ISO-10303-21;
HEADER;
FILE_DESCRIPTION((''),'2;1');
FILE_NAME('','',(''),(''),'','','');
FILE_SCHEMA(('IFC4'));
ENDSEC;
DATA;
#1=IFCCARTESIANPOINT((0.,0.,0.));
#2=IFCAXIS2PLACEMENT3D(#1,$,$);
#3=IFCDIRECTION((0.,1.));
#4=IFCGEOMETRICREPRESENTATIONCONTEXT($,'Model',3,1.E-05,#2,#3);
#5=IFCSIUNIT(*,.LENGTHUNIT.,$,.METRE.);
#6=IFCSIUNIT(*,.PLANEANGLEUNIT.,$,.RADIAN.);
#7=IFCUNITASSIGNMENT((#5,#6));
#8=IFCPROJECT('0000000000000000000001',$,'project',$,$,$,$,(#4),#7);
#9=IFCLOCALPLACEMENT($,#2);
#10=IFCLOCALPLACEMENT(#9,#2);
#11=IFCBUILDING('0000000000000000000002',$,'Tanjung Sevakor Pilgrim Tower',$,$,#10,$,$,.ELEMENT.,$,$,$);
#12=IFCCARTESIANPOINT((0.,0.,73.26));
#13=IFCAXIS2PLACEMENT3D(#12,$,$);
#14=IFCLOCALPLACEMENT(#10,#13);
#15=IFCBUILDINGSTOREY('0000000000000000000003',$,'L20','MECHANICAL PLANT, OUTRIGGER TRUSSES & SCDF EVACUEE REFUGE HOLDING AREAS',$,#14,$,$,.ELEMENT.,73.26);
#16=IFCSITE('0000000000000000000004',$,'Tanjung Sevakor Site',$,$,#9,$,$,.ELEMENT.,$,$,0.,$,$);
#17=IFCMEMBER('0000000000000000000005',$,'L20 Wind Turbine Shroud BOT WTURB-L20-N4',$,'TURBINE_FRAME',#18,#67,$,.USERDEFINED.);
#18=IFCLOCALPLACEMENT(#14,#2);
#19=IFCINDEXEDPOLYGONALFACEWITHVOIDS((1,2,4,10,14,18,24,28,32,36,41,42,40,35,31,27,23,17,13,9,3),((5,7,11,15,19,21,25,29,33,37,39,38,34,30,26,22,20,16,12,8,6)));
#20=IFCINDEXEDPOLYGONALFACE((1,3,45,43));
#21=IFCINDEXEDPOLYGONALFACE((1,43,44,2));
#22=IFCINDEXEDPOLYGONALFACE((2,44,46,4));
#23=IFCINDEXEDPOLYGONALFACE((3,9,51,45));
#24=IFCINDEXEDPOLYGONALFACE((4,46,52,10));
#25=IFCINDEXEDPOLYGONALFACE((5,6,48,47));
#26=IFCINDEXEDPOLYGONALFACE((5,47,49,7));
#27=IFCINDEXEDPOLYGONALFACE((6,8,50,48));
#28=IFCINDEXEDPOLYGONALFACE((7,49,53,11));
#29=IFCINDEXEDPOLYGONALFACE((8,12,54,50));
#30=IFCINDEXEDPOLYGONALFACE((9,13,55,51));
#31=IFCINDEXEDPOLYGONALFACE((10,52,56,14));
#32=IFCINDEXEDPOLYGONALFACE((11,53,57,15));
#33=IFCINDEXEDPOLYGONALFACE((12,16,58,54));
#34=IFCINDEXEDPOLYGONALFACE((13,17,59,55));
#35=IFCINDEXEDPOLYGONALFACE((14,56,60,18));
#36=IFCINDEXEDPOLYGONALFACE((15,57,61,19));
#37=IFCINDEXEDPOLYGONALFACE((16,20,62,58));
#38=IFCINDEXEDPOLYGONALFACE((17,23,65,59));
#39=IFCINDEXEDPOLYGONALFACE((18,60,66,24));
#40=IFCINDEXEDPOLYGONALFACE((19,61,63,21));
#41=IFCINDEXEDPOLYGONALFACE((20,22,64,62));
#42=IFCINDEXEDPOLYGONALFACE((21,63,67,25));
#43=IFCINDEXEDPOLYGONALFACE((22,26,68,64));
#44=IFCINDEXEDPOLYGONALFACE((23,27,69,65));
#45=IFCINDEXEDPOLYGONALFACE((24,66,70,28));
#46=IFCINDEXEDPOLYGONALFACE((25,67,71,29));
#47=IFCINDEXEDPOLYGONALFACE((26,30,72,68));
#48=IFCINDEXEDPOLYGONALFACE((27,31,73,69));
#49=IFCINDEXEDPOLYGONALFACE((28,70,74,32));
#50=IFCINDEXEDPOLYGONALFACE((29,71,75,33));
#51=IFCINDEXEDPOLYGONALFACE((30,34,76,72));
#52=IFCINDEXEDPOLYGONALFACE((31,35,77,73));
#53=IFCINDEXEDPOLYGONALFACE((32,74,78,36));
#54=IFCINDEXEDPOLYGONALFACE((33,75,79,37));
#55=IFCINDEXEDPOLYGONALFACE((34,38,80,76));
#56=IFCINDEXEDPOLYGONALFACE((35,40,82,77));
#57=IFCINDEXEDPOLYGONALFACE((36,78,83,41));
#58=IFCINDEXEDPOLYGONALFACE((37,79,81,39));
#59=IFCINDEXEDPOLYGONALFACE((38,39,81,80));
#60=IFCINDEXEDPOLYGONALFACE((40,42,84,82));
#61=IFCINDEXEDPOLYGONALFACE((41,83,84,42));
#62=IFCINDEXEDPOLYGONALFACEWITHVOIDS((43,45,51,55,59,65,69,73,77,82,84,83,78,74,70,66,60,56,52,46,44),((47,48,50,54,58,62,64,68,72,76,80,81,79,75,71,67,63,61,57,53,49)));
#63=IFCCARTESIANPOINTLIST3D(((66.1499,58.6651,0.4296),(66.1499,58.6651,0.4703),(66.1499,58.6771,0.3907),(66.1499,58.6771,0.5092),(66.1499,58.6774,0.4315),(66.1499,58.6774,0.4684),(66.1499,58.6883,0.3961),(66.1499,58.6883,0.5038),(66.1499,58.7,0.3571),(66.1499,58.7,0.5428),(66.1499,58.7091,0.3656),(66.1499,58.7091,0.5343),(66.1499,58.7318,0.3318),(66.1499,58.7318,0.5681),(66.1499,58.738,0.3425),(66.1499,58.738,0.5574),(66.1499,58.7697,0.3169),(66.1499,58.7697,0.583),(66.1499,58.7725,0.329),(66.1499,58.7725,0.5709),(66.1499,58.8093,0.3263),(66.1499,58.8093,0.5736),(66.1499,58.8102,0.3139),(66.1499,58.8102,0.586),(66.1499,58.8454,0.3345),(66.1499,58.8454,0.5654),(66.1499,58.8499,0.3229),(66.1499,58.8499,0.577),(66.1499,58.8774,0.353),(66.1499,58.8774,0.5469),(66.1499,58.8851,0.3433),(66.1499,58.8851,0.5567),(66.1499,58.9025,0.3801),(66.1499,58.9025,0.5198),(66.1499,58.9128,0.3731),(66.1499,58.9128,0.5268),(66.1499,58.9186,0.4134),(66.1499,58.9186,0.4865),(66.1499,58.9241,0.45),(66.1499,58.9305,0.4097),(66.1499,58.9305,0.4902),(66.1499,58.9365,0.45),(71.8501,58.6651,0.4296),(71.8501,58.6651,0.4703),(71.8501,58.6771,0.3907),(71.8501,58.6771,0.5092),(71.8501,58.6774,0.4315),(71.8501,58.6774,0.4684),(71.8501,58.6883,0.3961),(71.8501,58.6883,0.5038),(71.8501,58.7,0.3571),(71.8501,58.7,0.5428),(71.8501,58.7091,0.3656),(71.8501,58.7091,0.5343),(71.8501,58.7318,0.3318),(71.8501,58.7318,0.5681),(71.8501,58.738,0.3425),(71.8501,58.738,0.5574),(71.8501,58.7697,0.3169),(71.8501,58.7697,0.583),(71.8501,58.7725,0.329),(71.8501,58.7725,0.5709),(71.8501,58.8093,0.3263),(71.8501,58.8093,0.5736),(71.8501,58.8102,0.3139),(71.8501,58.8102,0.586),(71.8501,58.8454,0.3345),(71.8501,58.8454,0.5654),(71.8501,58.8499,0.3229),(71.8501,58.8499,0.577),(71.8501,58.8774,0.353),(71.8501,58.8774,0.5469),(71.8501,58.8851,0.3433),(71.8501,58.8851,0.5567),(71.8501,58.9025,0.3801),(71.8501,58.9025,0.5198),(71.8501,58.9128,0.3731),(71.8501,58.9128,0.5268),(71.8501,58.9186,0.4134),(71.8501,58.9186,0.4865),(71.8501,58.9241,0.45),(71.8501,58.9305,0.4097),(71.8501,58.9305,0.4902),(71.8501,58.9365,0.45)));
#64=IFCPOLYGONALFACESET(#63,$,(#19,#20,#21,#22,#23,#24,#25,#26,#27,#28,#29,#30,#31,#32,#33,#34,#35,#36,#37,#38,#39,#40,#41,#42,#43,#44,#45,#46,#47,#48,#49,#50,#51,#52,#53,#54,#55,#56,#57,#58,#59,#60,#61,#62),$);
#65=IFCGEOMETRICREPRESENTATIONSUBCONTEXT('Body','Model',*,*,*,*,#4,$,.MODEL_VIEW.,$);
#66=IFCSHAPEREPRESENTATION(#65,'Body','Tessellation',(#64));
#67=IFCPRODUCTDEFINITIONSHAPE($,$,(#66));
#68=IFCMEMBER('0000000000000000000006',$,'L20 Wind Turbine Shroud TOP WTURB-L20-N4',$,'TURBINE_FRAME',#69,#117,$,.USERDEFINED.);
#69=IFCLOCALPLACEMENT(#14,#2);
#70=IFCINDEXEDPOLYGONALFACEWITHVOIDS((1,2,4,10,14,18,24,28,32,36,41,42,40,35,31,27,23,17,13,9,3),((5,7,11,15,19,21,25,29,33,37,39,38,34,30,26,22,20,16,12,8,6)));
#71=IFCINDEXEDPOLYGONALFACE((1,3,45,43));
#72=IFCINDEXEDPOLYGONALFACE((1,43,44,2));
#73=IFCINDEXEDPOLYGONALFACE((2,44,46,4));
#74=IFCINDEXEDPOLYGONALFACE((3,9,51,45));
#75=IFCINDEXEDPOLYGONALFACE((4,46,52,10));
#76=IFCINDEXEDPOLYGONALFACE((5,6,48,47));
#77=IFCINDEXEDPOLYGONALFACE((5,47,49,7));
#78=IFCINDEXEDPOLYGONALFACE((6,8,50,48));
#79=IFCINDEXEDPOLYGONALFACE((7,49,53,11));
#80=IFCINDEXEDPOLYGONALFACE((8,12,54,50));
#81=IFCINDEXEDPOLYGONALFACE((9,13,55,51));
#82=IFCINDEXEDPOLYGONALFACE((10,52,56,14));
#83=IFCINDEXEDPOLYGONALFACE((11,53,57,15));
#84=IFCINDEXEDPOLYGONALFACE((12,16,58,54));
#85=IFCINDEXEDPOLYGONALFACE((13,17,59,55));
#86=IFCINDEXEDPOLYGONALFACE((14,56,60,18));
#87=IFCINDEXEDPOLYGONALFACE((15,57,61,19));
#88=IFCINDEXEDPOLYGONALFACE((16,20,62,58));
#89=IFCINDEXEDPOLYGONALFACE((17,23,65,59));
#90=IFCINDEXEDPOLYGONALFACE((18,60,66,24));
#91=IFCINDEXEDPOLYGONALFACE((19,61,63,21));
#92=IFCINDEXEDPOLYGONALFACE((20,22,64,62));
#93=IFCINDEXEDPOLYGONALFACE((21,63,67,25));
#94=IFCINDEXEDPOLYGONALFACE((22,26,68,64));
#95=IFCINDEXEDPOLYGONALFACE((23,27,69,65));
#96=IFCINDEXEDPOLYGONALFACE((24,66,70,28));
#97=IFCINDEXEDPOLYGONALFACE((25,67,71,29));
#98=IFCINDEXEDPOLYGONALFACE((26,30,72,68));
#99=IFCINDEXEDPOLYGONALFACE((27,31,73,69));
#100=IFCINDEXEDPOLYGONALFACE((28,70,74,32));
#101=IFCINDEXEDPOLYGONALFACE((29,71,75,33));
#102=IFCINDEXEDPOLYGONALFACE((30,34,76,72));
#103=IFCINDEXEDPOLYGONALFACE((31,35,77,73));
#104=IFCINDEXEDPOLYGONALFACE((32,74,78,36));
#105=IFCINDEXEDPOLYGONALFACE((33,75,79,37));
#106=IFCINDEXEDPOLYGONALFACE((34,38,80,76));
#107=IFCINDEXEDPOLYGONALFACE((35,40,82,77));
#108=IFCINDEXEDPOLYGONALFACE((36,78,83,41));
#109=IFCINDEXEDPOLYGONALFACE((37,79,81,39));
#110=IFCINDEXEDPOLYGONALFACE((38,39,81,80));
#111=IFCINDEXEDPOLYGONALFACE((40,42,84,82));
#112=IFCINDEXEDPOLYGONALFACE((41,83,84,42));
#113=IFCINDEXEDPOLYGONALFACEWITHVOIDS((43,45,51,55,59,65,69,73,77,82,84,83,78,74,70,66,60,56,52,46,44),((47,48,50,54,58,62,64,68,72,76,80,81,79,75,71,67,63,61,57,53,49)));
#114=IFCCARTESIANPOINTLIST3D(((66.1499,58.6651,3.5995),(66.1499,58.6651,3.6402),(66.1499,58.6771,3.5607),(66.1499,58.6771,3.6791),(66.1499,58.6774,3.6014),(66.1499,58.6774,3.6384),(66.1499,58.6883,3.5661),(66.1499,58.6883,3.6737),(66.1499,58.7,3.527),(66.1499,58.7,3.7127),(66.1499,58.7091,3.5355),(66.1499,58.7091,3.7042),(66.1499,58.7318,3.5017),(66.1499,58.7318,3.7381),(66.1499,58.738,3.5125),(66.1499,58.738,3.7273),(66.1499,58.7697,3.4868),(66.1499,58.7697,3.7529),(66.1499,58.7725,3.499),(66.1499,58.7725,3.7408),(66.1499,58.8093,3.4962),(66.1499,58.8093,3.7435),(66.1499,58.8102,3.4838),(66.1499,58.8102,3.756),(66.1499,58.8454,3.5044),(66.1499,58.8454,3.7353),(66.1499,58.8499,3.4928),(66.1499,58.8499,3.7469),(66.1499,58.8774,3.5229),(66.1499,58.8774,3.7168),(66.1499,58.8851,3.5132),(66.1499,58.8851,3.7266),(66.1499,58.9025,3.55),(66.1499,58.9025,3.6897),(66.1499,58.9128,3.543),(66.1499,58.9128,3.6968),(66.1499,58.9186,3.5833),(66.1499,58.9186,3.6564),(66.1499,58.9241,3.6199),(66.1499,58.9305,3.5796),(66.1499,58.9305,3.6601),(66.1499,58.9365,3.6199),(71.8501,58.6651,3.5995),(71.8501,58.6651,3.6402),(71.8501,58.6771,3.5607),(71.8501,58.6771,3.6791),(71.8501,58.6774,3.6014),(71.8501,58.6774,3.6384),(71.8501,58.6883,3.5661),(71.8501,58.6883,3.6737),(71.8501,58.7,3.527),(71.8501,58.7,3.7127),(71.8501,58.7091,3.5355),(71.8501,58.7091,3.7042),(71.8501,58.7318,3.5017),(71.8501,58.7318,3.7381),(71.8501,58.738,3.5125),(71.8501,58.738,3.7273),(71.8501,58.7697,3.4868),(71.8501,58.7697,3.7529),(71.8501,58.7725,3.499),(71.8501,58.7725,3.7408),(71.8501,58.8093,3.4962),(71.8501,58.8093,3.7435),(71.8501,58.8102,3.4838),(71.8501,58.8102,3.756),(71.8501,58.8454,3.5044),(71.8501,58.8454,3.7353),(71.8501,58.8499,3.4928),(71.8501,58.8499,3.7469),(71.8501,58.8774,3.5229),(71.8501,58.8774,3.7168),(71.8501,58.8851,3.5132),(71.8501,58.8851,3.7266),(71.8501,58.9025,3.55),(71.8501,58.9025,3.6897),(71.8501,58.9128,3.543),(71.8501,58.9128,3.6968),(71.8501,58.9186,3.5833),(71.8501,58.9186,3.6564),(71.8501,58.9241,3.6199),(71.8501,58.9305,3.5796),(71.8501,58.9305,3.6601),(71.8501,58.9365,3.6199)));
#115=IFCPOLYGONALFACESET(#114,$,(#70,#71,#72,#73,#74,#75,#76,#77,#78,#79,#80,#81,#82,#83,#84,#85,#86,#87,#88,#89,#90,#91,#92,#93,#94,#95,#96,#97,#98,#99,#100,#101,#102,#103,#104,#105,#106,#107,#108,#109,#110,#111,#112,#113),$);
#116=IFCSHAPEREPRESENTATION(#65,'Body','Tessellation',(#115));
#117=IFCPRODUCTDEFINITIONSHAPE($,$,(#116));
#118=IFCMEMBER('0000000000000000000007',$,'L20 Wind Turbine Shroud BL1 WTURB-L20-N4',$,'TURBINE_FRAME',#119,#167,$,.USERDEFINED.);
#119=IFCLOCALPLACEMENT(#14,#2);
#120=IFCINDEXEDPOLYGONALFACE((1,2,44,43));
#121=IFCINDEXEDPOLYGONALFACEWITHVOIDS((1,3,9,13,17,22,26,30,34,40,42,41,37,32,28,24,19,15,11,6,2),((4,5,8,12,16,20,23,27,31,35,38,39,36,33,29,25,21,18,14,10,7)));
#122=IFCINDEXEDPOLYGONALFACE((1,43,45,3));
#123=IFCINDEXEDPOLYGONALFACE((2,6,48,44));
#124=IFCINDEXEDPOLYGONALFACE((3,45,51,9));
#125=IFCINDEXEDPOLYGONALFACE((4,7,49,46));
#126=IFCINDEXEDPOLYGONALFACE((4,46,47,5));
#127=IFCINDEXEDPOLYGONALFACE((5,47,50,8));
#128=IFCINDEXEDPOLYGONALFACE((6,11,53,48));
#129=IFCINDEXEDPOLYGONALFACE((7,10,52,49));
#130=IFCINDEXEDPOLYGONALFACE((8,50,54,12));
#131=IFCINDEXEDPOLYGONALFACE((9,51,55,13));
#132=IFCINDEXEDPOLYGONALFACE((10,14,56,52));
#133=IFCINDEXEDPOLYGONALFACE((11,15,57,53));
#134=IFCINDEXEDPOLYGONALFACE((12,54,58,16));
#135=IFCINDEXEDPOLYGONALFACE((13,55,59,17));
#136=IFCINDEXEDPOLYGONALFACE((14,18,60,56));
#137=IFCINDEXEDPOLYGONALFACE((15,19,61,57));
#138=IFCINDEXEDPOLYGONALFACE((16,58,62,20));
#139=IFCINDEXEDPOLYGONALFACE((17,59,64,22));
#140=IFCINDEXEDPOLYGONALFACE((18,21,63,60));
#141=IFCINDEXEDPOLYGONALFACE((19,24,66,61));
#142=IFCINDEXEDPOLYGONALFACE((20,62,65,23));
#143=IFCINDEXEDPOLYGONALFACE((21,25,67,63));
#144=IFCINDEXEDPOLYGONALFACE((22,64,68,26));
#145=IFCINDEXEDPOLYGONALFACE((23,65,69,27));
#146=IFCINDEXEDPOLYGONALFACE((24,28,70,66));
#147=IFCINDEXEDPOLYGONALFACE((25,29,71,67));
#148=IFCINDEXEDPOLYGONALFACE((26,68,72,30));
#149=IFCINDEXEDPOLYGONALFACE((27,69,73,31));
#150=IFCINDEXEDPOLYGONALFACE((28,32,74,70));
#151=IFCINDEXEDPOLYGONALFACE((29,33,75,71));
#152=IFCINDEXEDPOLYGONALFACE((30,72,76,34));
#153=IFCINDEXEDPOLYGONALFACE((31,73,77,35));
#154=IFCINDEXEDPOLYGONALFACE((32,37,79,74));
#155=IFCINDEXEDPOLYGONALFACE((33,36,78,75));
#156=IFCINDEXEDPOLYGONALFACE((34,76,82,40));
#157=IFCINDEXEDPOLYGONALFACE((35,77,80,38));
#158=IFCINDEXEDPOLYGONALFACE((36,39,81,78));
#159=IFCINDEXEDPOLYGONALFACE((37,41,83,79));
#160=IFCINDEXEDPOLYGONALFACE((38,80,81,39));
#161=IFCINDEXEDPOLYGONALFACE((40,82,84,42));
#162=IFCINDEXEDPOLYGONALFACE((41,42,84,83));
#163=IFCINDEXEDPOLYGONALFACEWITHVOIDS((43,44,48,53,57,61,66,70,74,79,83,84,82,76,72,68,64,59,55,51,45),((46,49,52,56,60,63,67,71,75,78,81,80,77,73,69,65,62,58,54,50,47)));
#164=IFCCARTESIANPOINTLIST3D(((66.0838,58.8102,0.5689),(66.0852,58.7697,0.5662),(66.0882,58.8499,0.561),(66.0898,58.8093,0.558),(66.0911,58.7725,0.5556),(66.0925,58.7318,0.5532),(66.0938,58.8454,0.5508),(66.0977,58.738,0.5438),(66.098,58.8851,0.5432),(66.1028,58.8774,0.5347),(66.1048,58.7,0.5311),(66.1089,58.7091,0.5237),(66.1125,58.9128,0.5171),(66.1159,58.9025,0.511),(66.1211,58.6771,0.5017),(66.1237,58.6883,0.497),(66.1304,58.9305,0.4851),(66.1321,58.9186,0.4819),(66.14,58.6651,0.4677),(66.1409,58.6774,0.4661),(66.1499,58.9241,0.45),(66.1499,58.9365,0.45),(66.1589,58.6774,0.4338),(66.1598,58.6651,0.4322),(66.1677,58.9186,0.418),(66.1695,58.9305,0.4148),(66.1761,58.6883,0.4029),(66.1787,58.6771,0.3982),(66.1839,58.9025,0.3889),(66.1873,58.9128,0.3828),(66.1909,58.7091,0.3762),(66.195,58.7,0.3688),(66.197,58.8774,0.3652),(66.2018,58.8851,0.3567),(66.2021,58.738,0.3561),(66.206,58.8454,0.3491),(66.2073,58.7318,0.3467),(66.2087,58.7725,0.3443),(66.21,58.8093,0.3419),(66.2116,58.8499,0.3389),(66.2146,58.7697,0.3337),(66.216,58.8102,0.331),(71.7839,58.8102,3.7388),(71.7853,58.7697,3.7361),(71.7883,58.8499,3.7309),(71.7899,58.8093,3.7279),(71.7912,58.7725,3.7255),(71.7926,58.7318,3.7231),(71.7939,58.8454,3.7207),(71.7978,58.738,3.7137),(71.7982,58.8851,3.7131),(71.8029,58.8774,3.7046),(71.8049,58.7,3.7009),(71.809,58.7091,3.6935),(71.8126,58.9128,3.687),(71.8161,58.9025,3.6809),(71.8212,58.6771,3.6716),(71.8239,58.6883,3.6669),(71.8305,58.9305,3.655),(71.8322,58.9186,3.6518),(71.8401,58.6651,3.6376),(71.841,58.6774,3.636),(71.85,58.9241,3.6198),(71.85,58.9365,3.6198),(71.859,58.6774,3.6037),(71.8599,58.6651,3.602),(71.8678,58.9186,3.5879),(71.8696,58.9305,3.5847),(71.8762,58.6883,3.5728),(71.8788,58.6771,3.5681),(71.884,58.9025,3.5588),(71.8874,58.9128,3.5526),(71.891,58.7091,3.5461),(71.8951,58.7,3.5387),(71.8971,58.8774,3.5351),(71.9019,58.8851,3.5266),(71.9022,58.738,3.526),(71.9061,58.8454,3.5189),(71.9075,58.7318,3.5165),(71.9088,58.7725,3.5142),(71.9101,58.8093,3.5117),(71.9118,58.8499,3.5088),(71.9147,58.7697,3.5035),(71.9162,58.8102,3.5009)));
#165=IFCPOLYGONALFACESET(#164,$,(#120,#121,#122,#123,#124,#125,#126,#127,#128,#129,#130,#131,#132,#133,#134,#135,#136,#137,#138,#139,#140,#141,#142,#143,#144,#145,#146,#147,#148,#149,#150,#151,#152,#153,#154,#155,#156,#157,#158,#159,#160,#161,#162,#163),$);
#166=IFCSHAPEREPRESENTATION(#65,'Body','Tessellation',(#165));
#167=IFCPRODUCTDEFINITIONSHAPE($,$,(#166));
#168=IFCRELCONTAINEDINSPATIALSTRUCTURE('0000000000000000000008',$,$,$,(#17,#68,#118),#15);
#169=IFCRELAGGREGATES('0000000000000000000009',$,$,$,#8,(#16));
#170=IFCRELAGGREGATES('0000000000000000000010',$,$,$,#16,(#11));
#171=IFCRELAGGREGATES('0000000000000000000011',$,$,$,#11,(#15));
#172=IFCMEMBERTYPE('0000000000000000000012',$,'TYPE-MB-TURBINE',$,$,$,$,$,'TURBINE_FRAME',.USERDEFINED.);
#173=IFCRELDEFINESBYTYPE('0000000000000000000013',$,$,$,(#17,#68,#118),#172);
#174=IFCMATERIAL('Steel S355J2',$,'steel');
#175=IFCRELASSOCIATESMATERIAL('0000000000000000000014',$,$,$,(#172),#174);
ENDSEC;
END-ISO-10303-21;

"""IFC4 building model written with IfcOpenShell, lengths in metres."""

from ifc_helpers import new_model, si_unit, direction, frame, origin, origin_2d, place, context, subcontext, project, spatial, hollow_circle, extrude, material, material_profile, profile_set, type_object, element, save


model = new_model("IFC4")

# Units and contexts
model_context = context("Model", 3, precision=1e-05, world=origin(), true_north=direction((0.0, 1.0)))
body_context = subcontext(model_context, "Body", "Model", "MODEL_VIEW")
ifc_project = project(units=[si_unit("LENGTHUNIT", "METRE"), si_unit("PLANEANGLEUNIT", "RADIAN")], contexts=[model_context])

# Site, building, storey
site_placement = place(None, origin())
site = spatial("IfcSite", under=ifc_project, at=site_placement, Name="Tanjung Sevakor Site", CompositionType="ELEMENT", RefElevation=0.0)
building_placement = place(site_placement, origin())
building = spatial("IfcBuilding", under=site, at=building_placement, Name="Tanjung Sevakor Pilgrim Tower", CompositionType="ELEMENT")
storey_placement = place(building_placement, frame((0.0, 0.0, 73.26)))
storey = spatial("IfcBuildingStorey", under=building, at=storey_placement, Name="L20", Description="MECHANICAL PLANT, OUTRIGGER TRUSSES & SCDF EVACUEE REFUGE HOLDING AREAS", CompositionType="ELEMENT", Elevation=73.26)

# Members
ifc_material_1 = material(Name="Steel S355J2", Category="steel")
ifc_material_profile_1 = material_profile(ifc_material_1, hollow_circle(Radius=0.1365, WallThickness=0.0125, at=origin_2d()))
ifc_profile_set_1 = profile_set([ifc_material_profile_1], Name="Steel S355J2")
member_type_1 = type_object("IfcMemberType", Name="TYPE-MB-TURBINE", ElementType="TURBINE_FRAME", PredefinedType="USERDEFINED", material=ifc_profile_set_1)
for number, where, z_axis, x_axis, name in (
    (1, (66.1499, 58.8, 0.45), (1.0, 0.0, 0.0), (0.0, 1.0, 0.0), "L20 Wind Turbine Shroud BOT WTURB-L20-N4"),
    (2, (66.1499, 58.8, 3.6199), (1.0, 0.0, 0.0), (0.0, 1.0, 0.0), "L20 Wind Turbine Shroud TOP WTURB-L20-N4"),
):
    element("IfcMember", number, at=place(storey_placement, frame(where, z_axis=z_axis, x_axis=x_axis)), inside=storey, type_object=member_type_1, Name=name, ObjectType="TURBINE_FRAME", PredefinedType="USERDEFINED", context=body_context, shape_type="SweptSolid", body=[
        extrude(hollow_circle(Radius=0.1365, WallThickness=0.0125, at=origin_2d()), origin(), (0.0, 0.0, 1.0), 5.7002),
    ])
for number, where, z_axis, x_axis, name in (
    (3, (66.1499, 58.8, 0.45), (0.873952, 0.0, 0.486012), (0.0, 1.0, 0.0), "L20 Wind Turbine Shroud BL1 WTURB-L20-N4"),
):
    element("IfcMember", number, at=place(storey_placement, frame(where, z_axis=z_axis, x_axis=x_axis)), inside=storey, type_object=member_type_1, Name=name, ObjectType="TURBINE_FRAME", PredefinedType="USERDEFINED", context=body_context, shape_type="SweptSolid", body=[
        extrude(hollow_circle(Radius=0.1365, WallThickness=0.0125, at=origin_2d()), origin(), (0.0, 0.0, 1.0), 6.5222),
    ])

save(model, "model.ifc")
